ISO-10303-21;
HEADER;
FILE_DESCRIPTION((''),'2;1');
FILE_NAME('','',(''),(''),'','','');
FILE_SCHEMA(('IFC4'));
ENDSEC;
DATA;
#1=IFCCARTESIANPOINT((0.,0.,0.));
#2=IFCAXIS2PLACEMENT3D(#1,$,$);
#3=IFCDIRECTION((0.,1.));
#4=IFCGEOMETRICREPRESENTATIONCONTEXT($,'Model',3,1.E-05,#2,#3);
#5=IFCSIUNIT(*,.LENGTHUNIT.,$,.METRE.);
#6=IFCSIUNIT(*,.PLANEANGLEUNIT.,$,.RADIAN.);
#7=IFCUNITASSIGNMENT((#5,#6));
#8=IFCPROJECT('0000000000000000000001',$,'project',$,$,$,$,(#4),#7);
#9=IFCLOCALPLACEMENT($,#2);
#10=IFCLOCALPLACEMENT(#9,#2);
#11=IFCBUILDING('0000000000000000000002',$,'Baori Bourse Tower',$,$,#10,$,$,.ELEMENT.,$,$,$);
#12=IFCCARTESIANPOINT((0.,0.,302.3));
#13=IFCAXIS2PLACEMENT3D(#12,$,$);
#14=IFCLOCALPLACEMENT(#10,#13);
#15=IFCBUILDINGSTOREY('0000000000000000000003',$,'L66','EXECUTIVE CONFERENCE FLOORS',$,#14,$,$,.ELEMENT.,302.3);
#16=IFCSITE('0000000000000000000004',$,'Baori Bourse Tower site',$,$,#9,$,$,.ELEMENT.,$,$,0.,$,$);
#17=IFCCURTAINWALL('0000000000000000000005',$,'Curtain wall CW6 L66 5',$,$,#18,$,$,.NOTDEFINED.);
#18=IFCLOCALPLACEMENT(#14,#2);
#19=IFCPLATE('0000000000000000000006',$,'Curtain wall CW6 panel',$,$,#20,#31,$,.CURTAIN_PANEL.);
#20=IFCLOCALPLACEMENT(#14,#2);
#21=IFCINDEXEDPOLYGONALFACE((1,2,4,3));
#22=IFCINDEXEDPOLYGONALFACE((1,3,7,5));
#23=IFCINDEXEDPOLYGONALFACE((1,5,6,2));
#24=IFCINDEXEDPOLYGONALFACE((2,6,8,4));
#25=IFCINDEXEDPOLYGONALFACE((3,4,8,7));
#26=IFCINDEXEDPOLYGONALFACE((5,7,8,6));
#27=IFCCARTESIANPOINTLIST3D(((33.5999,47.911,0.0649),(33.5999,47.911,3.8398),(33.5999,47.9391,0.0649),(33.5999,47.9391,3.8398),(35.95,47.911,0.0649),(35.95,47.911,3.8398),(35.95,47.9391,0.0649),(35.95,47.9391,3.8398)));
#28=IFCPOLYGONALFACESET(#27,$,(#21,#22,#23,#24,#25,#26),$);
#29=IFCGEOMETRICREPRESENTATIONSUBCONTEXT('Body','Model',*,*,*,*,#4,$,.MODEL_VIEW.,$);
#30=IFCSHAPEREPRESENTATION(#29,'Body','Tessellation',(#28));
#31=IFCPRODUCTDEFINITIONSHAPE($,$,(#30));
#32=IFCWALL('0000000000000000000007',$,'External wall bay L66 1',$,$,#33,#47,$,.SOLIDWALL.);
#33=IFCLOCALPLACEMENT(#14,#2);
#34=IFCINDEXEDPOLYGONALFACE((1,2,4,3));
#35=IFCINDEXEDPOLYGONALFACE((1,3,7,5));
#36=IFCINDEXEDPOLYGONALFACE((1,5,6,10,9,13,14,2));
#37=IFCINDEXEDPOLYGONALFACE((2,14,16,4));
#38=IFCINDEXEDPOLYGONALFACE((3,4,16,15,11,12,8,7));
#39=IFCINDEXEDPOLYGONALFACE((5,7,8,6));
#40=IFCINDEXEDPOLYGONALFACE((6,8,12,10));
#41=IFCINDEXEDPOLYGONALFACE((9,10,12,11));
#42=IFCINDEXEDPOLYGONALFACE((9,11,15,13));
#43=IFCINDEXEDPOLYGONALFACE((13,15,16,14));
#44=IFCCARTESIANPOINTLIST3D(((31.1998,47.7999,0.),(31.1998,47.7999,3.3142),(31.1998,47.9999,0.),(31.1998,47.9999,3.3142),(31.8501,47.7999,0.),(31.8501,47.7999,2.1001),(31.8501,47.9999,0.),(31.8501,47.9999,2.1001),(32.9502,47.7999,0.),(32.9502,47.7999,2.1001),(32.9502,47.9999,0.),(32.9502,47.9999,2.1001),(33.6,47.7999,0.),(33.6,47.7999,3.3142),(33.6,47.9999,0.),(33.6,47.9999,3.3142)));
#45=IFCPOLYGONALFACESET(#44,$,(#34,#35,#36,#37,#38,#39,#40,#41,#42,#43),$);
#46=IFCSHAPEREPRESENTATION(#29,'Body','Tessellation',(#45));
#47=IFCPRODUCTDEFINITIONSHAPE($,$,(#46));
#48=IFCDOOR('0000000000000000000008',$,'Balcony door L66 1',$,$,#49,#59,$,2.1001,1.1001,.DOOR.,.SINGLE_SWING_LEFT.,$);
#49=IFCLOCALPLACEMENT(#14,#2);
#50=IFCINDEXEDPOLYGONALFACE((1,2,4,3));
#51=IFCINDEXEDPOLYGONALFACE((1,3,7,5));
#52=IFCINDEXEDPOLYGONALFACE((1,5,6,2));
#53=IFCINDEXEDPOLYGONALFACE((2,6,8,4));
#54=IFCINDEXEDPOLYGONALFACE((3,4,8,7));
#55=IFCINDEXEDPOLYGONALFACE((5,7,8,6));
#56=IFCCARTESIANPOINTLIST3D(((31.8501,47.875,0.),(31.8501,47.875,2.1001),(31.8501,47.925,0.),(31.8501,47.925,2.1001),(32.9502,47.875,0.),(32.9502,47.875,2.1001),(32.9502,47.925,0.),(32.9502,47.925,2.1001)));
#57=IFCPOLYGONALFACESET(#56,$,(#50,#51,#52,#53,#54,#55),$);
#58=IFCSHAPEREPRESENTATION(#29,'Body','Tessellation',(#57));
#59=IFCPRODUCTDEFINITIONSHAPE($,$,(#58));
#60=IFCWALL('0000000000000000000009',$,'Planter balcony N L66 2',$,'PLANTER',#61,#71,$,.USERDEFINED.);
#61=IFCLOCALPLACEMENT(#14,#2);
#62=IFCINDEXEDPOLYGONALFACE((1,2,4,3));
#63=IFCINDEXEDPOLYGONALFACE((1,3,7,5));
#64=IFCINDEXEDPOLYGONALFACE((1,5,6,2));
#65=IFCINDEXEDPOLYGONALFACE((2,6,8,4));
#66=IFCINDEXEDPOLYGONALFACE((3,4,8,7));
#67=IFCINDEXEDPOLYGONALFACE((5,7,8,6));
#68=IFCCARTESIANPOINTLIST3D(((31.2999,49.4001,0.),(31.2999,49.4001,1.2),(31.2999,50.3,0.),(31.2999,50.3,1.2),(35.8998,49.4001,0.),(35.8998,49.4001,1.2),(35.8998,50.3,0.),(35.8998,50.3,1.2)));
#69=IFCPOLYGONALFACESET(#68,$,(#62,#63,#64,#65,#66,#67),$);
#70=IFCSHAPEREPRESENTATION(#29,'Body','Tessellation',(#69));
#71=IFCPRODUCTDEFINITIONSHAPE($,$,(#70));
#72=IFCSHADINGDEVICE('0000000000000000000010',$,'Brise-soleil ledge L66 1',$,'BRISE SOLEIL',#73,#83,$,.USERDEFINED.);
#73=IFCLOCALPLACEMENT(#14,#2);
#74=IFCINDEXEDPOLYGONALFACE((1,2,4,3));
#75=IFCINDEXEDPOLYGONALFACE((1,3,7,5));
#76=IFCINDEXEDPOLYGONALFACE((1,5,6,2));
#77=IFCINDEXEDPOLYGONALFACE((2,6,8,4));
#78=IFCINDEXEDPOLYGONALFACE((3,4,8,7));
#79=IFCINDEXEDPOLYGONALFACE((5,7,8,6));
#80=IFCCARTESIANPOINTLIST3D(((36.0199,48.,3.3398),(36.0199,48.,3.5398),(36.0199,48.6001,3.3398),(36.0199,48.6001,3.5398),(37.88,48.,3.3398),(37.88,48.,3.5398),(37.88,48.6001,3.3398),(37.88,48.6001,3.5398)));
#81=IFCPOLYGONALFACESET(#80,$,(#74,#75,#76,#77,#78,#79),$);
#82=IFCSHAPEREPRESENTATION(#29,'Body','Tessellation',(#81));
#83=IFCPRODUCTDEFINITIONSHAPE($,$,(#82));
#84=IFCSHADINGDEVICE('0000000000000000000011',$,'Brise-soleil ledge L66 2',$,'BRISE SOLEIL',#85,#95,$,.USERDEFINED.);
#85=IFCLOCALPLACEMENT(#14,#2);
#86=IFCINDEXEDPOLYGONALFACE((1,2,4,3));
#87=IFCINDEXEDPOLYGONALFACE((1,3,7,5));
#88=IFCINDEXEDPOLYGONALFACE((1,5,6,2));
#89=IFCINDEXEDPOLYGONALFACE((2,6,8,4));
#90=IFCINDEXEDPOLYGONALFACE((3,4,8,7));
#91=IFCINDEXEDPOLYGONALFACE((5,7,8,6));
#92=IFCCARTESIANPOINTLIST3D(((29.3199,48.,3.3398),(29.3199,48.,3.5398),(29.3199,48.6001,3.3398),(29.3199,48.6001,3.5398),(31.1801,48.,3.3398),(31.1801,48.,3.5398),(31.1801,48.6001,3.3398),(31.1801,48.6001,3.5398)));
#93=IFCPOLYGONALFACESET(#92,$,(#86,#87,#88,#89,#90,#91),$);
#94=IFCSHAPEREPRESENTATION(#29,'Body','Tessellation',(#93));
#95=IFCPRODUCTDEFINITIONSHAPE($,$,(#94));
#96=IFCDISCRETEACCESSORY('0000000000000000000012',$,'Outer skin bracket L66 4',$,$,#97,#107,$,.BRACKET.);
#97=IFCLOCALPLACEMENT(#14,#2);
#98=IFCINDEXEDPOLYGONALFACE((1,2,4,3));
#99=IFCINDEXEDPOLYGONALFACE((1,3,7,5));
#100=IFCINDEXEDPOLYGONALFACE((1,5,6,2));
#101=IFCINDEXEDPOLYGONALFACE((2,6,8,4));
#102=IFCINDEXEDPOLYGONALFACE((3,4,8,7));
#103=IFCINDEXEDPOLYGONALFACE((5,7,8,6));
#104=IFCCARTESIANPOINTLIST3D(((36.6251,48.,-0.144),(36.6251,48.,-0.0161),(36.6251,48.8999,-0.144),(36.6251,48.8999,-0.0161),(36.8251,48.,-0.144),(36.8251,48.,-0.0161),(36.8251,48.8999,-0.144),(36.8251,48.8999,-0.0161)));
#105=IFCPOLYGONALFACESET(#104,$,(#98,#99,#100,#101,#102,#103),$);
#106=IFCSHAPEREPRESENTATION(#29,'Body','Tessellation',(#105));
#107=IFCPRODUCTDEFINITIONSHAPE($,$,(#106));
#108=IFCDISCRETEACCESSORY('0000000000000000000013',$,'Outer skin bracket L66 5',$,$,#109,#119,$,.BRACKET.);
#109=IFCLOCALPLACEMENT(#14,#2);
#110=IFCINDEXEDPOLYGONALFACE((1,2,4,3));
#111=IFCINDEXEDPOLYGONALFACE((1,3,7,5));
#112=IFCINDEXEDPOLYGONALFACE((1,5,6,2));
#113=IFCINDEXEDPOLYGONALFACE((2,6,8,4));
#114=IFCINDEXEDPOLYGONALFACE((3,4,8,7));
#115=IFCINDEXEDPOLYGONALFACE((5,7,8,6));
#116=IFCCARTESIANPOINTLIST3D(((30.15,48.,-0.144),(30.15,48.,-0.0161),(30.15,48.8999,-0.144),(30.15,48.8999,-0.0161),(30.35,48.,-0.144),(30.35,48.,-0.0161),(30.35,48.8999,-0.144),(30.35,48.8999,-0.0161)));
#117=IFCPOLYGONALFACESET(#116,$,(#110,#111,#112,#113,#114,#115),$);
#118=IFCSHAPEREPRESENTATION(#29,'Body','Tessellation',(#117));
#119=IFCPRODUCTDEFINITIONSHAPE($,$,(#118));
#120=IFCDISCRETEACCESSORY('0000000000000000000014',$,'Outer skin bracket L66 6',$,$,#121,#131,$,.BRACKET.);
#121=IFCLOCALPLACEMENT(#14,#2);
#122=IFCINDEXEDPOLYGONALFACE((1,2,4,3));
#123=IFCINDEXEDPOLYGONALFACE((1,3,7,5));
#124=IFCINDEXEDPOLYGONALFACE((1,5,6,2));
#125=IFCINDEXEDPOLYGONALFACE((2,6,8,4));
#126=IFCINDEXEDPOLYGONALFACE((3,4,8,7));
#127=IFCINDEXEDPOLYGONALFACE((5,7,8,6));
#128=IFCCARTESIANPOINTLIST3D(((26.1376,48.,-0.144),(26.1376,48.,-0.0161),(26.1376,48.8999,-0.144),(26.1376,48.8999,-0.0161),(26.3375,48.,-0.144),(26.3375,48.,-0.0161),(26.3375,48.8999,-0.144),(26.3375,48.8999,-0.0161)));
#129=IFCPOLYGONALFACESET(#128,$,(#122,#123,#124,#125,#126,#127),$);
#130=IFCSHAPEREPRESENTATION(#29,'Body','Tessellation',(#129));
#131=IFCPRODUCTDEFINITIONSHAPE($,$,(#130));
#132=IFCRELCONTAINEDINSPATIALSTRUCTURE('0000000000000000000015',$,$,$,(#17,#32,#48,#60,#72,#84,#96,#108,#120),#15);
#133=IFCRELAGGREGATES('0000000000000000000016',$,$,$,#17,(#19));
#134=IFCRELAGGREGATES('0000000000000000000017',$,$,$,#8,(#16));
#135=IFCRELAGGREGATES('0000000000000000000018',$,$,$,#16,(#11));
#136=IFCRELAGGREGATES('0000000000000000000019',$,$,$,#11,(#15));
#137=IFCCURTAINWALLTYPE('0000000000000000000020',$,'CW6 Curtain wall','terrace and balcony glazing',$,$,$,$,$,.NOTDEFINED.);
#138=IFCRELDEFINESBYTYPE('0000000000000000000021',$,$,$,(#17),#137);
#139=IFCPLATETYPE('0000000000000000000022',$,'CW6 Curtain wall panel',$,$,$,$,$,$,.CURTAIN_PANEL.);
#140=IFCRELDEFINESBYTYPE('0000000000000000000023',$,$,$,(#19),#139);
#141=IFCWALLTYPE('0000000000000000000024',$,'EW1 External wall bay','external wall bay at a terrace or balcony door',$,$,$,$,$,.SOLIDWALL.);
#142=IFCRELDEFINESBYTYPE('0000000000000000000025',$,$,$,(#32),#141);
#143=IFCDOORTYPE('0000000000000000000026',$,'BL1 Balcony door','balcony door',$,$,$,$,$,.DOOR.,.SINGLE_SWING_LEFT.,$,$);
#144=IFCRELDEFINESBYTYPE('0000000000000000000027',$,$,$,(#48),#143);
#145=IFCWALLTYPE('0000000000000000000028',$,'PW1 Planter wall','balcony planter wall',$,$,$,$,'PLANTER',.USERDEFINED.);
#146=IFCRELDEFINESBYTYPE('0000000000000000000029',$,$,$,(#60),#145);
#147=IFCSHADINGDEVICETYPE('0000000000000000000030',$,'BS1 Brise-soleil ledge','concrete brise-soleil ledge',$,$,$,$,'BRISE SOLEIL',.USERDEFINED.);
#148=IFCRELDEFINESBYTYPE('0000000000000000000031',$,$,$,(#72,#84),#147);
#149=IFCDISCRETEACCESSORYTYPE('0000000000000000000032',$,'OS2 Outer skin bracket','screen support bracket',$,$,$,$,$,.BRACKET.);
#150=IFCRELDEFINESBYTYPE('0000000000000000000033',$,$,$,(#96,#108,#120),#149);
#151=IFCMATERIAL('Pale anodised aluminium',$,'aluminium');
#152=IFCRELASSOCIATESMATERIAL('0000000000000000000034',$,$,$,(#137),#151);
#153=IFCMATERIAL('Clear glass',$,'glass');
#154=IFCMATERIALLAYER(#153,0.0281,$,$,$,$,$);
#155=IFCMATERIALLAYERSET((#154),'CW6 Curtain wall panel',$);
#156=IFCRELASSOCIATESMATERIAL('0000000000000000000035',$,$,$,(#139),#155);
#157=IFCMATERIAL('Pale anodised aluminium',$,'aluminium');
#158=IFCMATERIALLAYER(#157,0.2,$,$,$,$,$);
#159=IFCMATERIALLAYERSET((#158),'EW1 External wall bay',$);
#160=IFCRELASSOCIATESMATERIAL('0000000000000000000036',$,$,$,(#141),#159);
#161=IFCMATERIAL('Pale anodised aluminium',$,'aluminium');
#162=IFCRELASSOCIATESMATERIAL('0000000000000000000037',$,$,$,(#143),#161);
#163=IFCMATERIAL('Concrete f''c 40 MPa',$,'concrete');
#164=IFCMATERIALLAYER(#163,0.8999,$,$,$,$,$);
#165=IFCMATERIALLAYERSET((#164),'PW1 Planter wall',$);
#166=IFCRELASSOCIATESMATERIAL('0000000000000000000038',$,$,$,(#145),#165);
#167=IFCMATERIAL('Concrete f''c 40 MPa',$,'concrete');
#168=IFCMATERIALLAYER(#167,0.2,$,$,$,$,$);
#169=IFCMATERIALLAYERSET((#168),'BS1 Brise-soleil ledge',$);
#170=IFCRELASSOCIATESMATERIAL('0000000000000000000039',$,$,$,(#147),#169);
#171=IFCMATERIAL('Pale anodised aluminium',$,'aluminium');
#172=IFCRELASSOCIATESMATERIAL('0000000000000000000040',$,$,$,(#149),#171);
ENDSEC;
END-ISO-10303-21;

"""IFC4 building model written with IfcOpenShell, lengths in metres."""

from ifc_helpers import new_model, si_unit, direction, frame, frame_2d, origin, origin_2d, place, context, subcontext, project, spatial, rectangle, extrude, material, layer, layer_set, type_object, element, fill, aggregate, save


model = new_model("IFC4")

# Units and contexts
model_context = context("Model", 3, precision=1e-05, world=origin(), true_north=direction((0.0, 1.0)))
body_context = subcontext(model_context, "Body", "Model", "MODEL_VIEW")
ifc_project = project(units=[si_unit("LENGTHUNIT", "METRE"), si_unit("PLANEANGLEUNIT", "RADIAN")], contexts=[model_context])

# Site, building, storey
site_placement = place(None, origin())
site = spatial("IfcSite", under=ifc_project, at=site_placement, Name="Baori Bourse Tower site", CompositionType="ELEMENT", RefElevation=0.0)
building_placement = place(site_placement, origin())
building = spatial("IfcBuilding", under=site, at=building_placement, Name="Baori Bourse Tower", CompositionType="ELEMENT")
storey_placement = place(building_placement, frame((0.0, 0.0, 302.3)))
storey = spatial("IfcBuildingStorey", under=building, at=storey_placement, Name="L66", Description="EXECUTIVE CONFERENCE FLOORS", CompositionType="ELEMENT", Elevation=302.3)

# Curtain wall
ifc_material_1 = material(Name="Pale anodised aluminium", Category="aluminium")
curtain_wall_type_1 = type_object("IfcCurtainWallType", Name="CW6 Curtain wall", Description="terrace and balcony glazing", PredefinedType="NOTDEFINED", material=ifc_material_1)
curtain_wall_1_placement = place(storey_placement, origin())
curtain_wall_1 = element("IfcCurtainWall", 1, at=curtain_wall_1_placement, inside=storey, type_object=curtain_wall_type_1, Name="Curtain wall CW6 L66 5", PredefinedType="NOTDEFINED")

# Plate
ifc_material_2 = material(Name="Clear glass", Category="glass")
ifc_layer_1 = layer(ifc_material_2, 0.0281)
ifc_layer_set_1 = layer_set([ifc_layer_1], Name="CW6 Curtain wall panel")
plate_type = type_object("IfcPlateType", Name="CW6 Curtain wall panel", PredefinedType="CURTAIN_PANEL", material=ifc_layer_set_1)
plate_placement = place(storey_placement, frame((34.7749, 47.925, 0.0649), z_axis=(0.0, 0.0, 1.0), x_axis=(-1.0, 0.0, 0.0)))
plate = element("IfcPlate", 2, at=plate_placement, type_object=plate_type, Name="Curtain wall CW6 panel", PredefinedType="CURTAIN_PANEL", context=body_context, shape_type="SweptSolid", body=[
    extrude(rectangle(XDim=2.3501, YDim=0.0281, at=origin_2d()), origin(), (0.0, 0.0, 1.0), 3.7749),
])
aggregate(curtain_wall_1, [plate])

# Wall, opening, door
ifc_material_3 = material(Name="Pale anodised aluminium", Category="aluminium")
ifc_layer_2 = layer(ifc_material_3, 0.2)
ifc_layer_set_2 = layer_set([ifc_layer_2], Name="EW1 External wall bay")
wall_type_1 = type_object("IfcWallType", Name="EW1 External wall bay", Description="external wall bay at a terrace or balcony door", PredefinedType="SOLIDWALL", material=ifc_layer_set_2)
wall_1_placement = place(storey_placement, frame((33.6001, 47.8999, 0.0), z_axis=(0.0, 0.0, 1.0), x_axis=(-1.0, 0.0, 0.0)))
wall_1 = element("IfcWall", 3, at=wall_1_placement, inside=storey, type_object=wall_type_1, Name="External wall bay L66 1", PredefinedType="SOLIDWALL", context=body_context, shape_type="SweptSolid", body=[
    extrude(rectangle(XDim=2.4001, YDim=0.2, at=frame_2d((1.2002, 0.0))), origin(), (0.0, 0.0, 1.0), 3.3142),
])
opening_placement = place(wall_1_placement, frame((0.6499, 0.0, 0.0)))
opening = element("IfcOpeningElement", 4, at=opening_placement, cuts=wall_1, PredefinedType="OPENING", context=body_context, shape_type="SweptSolid", body=[
    extrude(rectangle(XDim=1.1001, YDim=2.1001, at=frame_2d((0.55, 1.05))), frame((0.0, 0.1099, 0.0), z_axis=(0.0, -1.0, 0.0), x_axis=(1.0, 0.0, 0.0)), (0.0, 0.0, 1.0), 0.22),
])
ifc_material_4 = material(Name="Pale anodised aluminium", Category="aluminium")
door_type = type_object("IfcDoorType", Name="BL1 Balcony door", Description="balcony door", OperationType="SINGLE_SWING_LEFT", PredefinedType="DOOR", material=ifc_material_4)
door_placement = place(opening_placement, origin())
door = element("IfcDoor", 5, at=door_placement, inside=storey, type_object=door_type, Name="Balcony door L66 1", OperationType="SINGLE_SWING_LEFT", OverallHeight=2.1001, OverallWidth=1.1001, PredefinedType="DOOR", context=body_context, shape_type="SweptSolid", body=[
    extrude(rectangle(XDim=1.1001, YDim=2.1001, at=frame_2d((0.55, 1.05))), frame((0.0, 0.0249, 0.0), z_axis=(0.0, -1.0, 0.0), x_axis=(1.0, 0.0, 0.0)), (0.0, 0.0, 1.0), 0.05),
])
fill(opening, door)

# Wall
ifc_material_5 = material(Name="Concrete f'c 40 MPa", Category="concrete")
ifc_layer_3 = layer(ifc_material_5, 0.8999)
ifc_layer_set_3 = layer_set([ifc_layer_3], Name="PW1 Planter wall")
wall_type_2 = type_object("IfcWallType", Name="PW1 Planter wall", Description="balcony planter wall", ElementType="PLANTER", PredefinedType="USERDEFINED", material=ifc_layer_set_3)
wall_2_placement = place(storey_placement, frame((31.3, 49.8501, 0.0), z_axis=(0.0, 0.0, 1.0), x_axis=(1.0, 0.0, 0.0)))
element("IfcWall", 6, at=wall_2_placement, inside=storey, type_object=wall_type_2, Name="Planter balcony N L66 2", ObjectType="PLANTER", PredefinedType="USERDEFINED", context=body_context, shape_type="SweptSolid", body=[
    extrude(rectangle(XDim=4.5999, YDim=0.8999, at=frame_2d((2.2998, 0.0))), origin(), (0.0, 0.0, 1.0), 1.2),
])

# Shading devices
ifc_material_6 = material(Name="Concrete f'c 40 MPa", Category="concrete")
ifc_layer_4 = layer(ifc_material_6, 0.2)
ifc_layer_set_4 = layer_set([ifc_layer_4], Name="BS1 Brise-soleil ledge")
shading_device_type = type_object("IfcShadingDeviceType", Name="BS1 Brise-soleil ledge", Description="concrete brise-soleil ledge", ElementType="BRISE SOLEIL", PredefinedType="USERDEFINED", material=ifc_layer_set_4)
for number, where, z_axis, x_axis, name in (
    (7, (36.95, 48.3, 3.3398), (0.0, 0.0, 1.0), (-1.0, 0.0, 0.0), "Brise-soleil ledge L66 1"),
    (8, (30.25, 48.3, 3.3398), (0.0, 0.0, 1.0), (-1.0, 0.0, 0.0), "Brise-soleil ledge L66 2"),
):
    element("IfcShadingDevice", number, at=place(storey_placement, frame(where, z_axis=z_axis, x_axis=x_axis)), inside=storey, type_object=shading_device_type, Name=name, ObjectType="BRISE SOLEIL", PredefinedType="USERDEFINED", context=body_context, shape_type="SweptSolid", body=[
        extrude(rectangle(XDim=1.8601, YDim=0.6001, at=origin_2d()), origin(), (0.0, 0.0, 1.0), 0.2),
    ])

# Discrete accessories
ifc_material_7 = material(Name="Pale anodised aluminium", Category="aluminium")
discrete_accessory_type = type_object("IfcDiscreteAccessoryType", Name="OS2 Outer skin bracket", Description="screen support bracket", PredefinedType="BRACKET", material=ifc_material_7)
for number, where, z_axis, x_axis, name in (
    (9, (36.7251, 48.45, -0.144), (0.0, 0.0, 1.0), (-1.0, 0.0, 0.0), "Outer skin bracket L66 4"),
    (10, (30.25, 48.45, -0.144), (0.0, 0.0, 1.0), (-1.0, 0.0, 0.0), "Outer skin bracket L66 5"),
    (11, (26.2375, 48.45, -0.144), (0.0, 0.0, 1.0), (-1.0, 0.0, 0.0), "Outer skin bracket L66 6"),
):
    element("IfcDiscreteAccessory", number, at=place(storey_placement, frame(where, z_axis=z_axis, x_axis=x_axis)), inside=storey, type_object=discrete_accessory_type, Name=name, PredefinedType="BRACKET", context=body_context, shape_type="SweptSolid", body=[
        extrude(rectangle(XDim=0.2, YDim=0.8999, at=origin_2d()), origin(), (0.0, 0.0, 1.0), 0.1279),
    ])

save(model, "model.ifc")
